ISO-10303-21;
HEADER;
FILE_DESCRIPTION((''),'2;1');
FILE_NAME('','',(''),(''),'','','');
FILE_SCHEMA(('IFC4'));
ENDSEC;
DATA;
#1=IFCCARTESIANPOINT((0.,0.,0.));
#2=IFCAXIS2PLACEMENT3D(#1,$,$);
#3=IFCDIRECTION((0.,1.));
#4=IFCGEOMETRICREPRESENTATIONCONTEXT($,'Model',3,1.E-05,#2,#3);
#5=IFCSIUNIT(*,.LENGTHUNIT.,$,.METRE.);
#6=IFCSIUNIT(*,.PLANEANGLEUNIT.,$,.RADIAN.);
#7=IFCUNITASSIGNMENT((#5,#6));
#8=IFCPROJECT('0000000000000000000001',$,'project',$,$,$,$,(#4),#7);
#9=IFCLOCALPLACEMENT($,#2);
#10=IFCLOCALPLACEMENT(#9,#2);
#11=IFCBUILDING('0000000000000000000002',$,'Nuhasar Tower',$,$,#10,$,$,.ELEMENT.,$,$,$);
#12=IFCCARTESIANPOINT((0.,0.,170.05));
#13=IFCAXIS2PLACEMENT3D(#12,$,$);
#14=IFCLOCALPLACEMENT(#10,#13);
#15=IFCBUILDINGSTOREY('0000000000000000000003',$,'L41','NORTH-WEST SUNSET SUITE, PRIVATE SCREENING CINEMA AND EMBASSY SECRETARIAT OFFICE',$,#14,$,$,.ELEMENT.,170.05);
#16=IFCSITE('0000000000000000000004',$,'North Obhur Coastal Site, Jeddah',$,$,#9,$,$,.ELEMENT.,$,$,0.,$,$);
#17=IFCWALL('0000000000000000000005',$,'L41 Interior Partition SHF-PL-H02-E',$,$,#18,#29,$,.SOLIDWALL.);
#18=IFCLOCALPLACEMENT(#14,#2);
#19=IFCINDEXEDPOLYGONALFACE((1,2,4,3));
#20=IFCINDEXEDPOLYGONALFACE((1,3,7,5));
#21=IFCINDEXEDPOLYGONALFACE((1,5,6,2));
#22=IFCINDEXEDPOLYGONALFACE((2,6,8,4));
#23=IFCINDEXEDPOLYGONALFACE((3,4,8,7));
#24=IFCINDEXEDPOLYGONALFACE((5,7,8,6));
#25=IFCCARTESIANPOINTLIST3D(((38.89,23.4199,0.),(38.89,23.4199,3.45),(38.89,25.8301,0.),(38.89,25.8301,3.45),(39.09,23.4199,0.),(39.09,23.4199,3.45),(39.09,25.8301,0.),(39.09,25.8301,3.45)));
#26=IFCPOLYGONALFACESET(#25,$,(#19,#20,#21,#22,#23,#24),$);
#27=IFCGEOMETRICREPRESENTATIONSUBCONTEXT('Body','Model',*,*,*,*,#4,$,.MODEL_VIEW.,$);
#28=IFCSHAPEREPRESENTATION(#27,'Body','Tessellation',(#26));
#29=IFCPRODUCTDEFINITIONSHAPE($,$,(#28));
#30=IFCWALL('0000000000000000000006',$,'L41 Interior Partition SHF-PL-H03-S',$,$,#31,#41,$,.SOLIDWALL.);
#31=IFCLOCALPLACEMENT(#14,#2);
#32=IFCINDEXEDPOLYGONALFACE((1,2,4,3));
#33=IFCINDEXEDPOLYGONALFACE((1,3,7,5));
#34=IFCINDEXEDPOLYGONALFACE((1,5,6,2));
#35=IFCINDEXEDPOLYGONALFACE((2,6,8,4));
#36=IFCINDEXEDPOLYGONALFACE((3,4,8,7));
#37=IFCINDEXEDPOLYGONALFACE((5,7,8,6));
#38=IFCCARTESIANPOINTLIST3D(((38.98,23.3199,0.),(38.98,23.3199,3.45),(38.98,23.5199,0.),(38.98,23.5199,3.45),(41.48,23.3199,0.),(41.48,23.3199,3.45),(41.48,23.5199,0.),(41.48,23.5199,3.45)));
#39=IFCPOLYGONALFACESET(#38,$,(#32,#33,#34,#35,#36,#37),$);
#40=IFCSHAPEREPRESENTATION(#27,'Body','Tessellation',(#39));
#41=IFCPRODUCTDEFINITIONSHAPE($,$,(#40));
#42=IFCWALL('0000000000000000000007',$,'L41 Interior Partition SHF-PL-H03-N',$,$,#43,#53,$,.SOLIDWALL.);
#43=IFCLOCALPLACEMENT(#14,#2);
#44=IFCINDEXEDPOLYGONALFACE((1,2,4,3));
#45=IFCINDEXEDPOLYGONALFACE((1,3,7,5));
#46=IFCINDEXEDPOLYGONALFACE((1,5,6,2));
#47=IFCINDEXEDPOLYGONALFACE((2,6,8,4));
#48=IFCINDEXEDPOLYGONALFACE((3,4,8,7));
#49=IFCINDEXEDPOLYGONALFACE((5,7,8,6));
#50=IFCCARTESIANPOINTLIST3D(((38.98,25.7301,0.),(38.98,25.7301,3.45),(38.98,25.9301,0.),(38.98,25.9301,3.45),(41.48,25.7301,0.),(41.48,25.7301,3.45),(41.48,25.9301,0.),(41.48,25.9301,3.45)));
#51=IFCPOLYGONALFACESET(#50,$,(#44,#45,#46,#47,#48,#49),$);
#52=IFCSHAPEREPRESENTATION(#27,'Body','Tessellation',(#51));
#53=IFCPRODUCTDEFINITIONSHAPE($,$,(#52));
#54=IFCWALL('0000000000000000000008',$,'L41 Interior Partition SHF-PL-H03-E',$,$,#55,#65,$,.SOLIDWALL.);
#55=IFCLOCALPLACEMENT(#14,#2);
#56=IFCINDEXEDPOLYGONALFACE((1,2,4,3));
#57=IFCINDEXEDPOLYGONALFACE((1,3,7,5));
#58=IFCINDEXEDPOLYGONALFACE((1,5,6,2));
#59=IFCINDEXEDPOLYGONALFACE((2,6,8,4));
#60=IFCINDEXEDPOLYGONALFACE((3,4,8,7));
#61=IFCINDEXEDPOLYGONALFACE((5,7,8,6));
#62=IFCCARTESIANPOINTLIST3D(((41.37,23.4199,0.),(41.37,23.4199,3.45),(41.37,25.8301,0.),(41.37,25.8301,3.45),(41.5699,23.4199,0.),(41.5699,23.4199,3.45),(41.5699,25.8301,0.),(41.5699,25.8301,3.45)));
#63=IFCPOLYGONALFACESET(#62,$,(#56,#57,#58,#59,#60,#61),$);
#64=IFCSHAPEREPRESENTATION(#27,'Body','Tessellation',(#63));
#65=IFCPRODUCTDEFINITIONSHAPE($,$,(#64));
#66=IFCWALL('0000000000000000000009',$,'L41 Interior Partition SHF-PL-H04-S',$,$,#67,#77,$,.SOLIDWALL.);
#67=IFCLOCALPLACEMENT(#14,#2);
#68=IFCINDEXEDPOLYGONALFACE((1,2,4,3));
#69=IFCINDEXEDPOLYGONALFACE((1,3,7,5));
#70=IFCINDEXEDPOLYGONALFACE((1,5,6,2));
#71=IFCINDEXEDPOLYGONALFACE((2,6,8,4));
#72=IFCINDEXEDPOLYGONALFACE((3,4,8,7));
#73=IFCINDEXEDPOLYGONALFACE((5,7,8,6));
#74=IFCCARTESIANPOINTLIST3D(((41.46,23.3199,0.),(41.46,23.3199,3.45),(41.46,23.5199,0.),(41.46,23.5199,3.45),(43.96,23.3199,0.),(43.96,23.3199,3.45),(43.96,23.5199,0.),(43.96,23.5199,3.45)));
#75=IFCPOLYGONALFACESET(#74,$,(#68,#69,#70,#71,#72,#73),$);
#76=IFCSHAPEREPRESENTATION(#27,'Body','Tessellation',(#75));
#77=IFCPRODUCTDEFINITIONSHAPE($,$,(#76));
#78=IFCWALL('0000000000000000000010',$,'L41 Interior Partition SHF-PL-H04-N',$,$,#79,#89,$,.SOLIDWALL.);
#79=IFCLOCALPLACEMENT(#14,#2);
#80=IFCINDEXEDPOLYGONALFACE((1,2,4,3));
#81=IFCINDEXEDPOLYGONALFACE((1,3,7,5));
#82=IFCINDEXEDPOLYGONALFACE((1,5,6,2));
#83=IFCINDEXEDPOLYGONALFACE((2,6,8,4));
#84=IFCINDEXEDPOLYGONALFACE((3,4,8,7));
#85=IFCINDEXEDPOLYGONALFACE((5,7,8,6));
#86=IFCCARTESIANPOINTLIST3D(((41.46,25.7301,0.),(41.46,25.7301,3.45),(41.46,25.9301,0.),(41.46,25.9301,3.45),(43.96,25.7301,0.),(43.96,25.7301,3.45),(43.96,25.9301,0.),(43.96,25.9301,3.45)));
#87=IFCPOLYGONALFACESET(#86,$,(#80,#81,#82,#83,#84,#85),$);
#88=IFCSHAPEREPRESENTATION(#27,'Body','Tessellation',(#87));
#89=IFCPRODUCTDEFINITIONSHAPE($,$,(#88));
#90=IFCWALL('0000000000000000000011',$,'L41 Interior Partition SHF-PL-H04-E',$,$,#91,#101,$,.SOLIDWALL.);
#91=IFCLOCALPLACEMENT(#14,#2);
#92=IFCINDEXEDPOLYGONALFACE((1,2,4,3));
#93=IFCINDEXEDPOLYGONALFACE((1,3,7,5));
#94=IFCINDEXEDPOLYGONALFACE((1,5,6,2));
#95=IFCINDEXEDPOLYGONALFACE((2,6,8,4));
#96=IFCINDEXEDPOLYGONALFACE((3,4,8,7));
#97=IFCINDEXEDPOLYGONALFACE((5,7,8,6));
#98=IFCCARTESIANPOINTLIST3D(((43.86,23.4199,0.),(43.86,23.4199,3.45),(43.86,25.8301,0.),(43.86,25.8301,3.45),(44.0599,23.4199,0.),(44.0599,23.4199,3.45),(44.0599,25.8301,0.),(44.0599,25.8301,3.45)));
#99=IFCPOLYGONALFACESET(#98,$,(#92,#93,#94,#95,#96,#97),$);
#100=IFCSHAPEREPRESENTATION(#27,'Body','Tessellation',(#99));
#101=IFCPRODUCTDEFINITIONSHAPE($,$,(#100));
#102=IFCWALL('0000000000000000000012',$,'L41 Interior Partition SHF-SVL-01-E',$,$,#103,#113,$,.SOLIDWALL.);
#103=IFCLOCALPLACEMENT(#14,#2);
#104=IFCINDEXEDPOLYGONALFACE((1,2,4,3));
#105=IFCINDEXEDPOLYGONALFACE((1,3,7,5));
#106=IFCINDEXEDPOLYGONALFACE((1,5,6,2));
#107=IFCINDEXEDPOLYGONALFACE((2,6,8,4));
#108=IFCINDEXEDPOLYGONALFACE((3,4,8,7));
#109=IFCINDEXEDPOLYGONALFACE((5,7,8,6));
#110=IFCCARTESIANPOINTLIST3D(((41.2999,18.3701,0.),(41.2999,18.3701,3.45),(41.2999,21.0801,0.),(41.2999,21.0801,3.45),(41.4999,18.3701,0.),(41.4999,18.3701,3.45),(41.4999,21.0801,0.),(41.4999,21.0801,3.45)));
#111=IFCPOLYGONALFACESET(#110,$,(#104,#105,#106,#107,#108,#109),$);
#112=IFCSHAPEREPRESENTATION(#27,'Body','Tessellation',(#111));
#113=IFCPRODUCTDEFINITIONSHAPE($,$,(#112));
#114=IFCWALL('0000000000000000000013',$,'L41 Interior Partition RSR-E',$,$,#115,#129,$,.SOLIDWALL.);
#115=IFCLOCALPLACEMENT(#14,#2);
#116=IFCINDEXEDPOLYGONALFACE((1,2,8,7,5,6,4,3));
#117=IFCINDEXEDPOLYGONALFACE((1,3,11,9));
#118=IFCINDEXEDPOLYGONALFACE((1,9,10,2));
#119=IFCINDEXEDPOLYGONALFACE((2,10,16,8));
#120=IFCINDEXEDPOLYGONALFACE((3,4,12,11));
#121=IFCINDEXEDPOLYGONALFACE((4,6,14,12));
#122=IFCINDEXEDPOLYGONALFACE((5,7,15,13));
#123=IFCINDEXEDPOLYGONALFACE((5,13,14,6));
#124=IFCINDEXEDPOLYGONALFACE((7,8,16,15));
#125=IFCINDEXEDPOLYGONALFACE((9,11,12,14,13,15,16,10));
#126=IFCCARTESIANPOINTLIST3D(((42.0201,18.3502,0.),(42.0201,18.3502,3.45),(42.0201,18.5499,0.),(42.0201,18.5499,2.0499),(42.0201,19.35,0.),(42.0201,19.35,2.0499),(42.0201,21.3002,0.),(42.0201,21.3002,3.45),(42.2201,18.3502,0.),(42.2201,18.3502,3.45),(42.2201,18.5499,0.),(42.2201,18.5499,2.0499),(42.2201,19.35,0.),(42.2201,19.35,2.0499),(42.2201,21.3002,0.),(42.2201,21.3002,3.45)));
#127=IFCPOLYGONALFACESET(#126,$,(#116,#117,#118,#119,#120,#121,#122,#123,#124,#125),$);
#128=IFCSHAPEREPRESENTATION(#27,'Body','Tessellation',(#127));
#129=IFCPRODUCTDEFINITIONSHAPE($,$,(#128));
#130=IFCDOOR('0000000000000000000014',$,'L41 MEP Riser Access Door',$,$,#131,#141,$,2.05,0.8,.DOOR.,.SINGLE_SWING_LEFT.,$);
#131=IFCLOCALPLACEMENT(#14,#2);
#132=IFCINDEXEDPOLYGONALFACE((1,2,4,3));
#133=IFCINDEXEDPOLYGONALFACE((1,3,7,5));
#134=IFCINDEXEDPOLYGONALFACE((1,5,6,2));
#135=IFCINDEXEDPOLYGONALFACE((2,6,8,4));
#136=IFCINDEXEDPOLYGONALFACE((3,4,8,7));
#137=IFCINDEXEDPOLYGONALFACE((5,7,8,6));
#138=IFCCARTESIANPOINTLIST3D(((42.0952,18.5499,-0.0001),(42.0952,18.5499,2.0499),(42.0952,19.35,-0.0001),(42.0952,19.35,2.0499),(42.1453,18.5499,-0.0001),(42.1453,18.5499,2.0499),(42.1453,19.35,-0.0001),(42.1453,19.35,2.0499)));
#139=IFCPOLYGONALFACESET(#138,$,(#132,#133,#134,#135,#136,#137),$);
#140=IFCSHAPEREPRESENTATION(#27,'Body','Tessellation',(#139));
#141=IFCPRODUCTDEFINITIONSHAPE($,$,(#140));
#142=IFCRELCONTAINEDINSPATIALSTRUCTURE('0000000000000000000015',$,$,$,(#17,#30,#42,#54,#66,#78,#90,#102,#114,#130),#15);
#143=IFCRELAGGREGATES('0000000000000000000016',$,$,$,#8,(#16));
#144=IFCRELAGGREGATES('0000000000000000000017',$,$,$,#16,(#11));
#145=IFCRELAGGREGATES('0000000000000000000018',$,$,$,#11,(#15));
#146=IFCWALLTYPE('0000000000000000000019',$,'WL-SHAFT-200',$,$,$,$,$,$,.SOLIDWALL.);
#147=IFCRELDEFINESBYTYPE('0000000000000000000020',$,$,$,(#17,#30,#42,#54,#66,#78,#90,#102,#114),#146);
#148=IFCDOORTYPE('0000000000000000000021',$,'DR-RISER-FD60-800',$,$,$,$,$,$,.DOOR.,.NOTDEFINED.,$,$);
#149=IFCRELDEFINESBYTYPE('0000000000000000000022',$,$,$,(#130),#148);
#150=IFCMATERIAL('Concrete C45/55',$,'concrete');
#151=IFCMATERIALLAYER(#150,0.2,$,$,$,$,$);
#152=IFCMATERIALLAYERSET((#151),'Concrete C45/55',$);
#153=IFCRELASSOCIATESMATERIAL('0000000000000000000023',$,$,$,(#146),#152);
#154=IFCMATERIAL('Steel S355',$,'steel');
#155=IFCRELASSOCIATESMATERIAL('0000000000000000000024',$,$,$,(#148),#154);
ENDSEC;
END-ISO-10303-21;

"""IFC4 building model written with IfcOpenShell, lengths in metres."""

from ifc_helpers import new_model, si_unit, direction, frame, frame_2d, origin, place, context, subcontext, project, spatial, rectangle, extrude, material, layer, layer_set, type_object, element, fill, save


model = new_model("IFC4")

# Units and contexts
model_context = context("Model", 3, precision=1e-05, world=origin(), true_north=direction((0.0, 1.0)))
body_context = subcontext(model_context, "Body", "Model", "MODEL_VIEW")
ifc_project = project(units=[si_unit("LENGTHUNIT", "METRE"), si_unit("PLANEANGLEUNIT", "RADIAN")], contexts=[model_context])

# Site, building, storey
site_placement = place(None, origin())
site = spatial("IfcSite", under=ifc_project, at=site_placement, Name="North Obhur Coastal Site, Jeddah", CompositionType="ELEMENT", RefElevation=0.0)
building_placement = place(site_placement, origin())
building = spatial("IfcBuilding", under=site, at=building_placement, Name="Nuhasar Tower", CompositionType="ELEMENT")
storey_placement = place(building_placement, frame((0.0, 0.0, 170.05)))
storey = spatial("IfcBuildingStorey", under=building, at=storey_placement, Name="L41", Description="NORTH-WEST SUNSET SUITE, PRIVATE SCREENING CINEMA AND EMBASSY SECRETARIAT OFFICE", CompositionType="ELEMENT", Elevation=170.05)

# Shared definitions
ifc_material_1 = material(Name="Steel S355", Category="steel")

# Shared definitions
ifc_material_2 = material(Name="Concrete C45/55", Category="concrete")

# Shared definitions
ifc_layer_1 = layer(ifc_material_2, 0.2)
ifc_layer_set_1 = layer_set([ifc_layer_1], Name="Concrete C45/55")
wall_type_1 = type_object("IfcWallType", Name="WL-SHAFT-200", PredefinedType="SOLIDWALL", material=ifc_layer_set_1)

# Walls
wall_1_placement = place(storey_placement, frame((38.99, 23.4199, 0.0), z_axis=(0.0, 0.0, 1.0), x_axis=(0.0, 1.0, 0.0)))
element("IfcWall", 1, at=wall_1_placement, inside=storey, type_object=wall_type_1, Name="L41 Interior Partition SHF-PL-H02-E", PredefinedType="SOLIDWALL", context=body_context, shape_type="SweptSolid", body=[
    extrude(rectangle(XDim=2.4102, YDim=0.2, at=frame_2d((1.2051, 0.0))), origin(), (0.0, 0.0, 1.0), 3.45),
])
for number, where, z_axis, x_axis, name in (
    (2, (38.98, 23.4199, 0.0), (0.0, 0.0, 1.0), (1.0, 0.0, 0.0), "L41 Interior Partition SHF-PL-H03-S"),
    (3, (38.98, 25.8301, 0.0), (0.0, 0.0, 1.0), (1.0, 0.0, 0.0), "L41 Interior Partition SHF-PL-H03-N"),
):
    element("IfcWall", number, at=place(storey_placement, frame(where, z_axis=z_axis, x_axis=x_axis)), inside=storey, type_object=wall_type_1, Name=name, PredefinedType="SOLIDWALL", context=body_context, shape_type="SweptSolid", body=[
        extrude(rectangle(XDim=2.5, YDim=0.2, at=frame_2d((1.25, 0.0))), origin(), (0.0, 0.0, 1.0), 3.45),
    ])
wall_2_placement = place(storey_placement, frame((41.47, 23.4199, 0.0), z_axis=(0.0, 0.0, 1.0), x_axis=(0.0, 1.0, 0.0)))
element("IfcWall", 4, at=wall_2_placement, inside=storey, type_object=wall_type_1, Name="L41 Interior Partition SHF-PL-H03-E", PredefinedType="SOLIDWALL", context=body_context, shape_type="SweptSolid", body=[
    extrude(rectangle(XDim=2.4102, YDim=0.2, at=frame_2d((1.2051, 0.0))), origin(), (0.0, 0.0, 1.0), 3.45),
])
for number, where, z_axis, x_axis, name in (
    (5, (41.46, 23.4199, 0.0), (0.0, 0.0, 1.0), (1.0, 0.0, 0.0), "L41 Interior Partition SHF-PL-H04-S"),
    (6, (41.46, 25.8301, 0.0), (0.0, 0.0, 1.0), (1.0, 0.0, 0.0), "L41 Interior Partition SHF-PL-H04-N"),
):
    element("IfcWall", number, at=place(storey_placement, frame(where, z_axis=z_axis, x_axis=x_axis)), inside=storey, type_object=wall_type_1, Name=name, PredefinedType="SOLIDWALL", context=body_context, shape_type="SweptSolid", body=[
        extrude(rectangle(XDim=2.5, YDim=0.2, at=frame_2d((1.25, 0.0))), origin(), (0.0, 0.0, 1.0), 3.45),
    ])
wall_3_placement = place(storey_placement, frame((43.96, 23.4199, 0.0), z_axis=(0.0, 0.0, 1.0), x_axis=(0.0, 1.0, 0.0)))
element("IfcWall", 7, at=wall_3_placement, inside=storey, type_object=wall_type_1, Name="L41 Interior Partition SHF-PL-H04-E", PredefinedType="SOLIDWALL", context=body_context, shape_type="SweptSolid", body=[
    extrude(rectangle(XDim=2.4102, YDim=0.2, at=frame_2d((1.2051, 0.0))), origin(), (0.0, 0.0, 1.0), 3.45),
])
wall_4_placement = place(storey_placement, frame((41.3999, 18.3701, 0.0), z_axis=(0.0, 0.0, 1.0), x_axis=(0.0, 1.0, 0.0)))
element("IfcWall", 8, at=wall_4_placement, inside=storey, type_object=wall_type_1, Name="L41 Interior Partition SHF-SVL-01-E", PredefinedType="SOLIDWALL", context=body_context, shape_type="SweptSolid", body=[
    extrude(rectangle(XDim=2.71, YDim=0.2, at=frame_2d((1.355, 0.0))), origin(), (0.0, 0.0, 1.0), 3.45),
])

# Wall, opening, door
wall_5_placement = place(storey_placement, frame((42.1201, 18.3501, 0.0), z_axis=(0.0, 0.0, 1.0), x_axis=(0.0, 1.0, 0.0)))
wall_5 = element("IfcWall", 9, at=wall_5_placement, inside=storey, type_object=wall_type_1, Name="L41 Interior Partition RSR-E", PredefinedType="SOLIDWALL", context=body_context, shape_type="SweptSolid", body=[
    extrude(rectangle(XDim=2.95, YDim=0.2, at=frame_2d((1.4751, 0.0))), origin(), (0.0, 0.0, 1.0), 3.45),
])
opening_1_placement = place(wall_5_placement, frame((0.2, 0.0, 0.0)))
opening_1 = element("IfcOpeningElement", 10, at=opening_1_placement, cuts=wall_5, PredefinedType="OPENING", context=body_context, shape_type="SweptSolid", body=[
    extrude(rectangle(XDim=0.8, YDim=2.05, at=frame_2d((0.3999, 1.0249))), frame((0.0, 0.1099, 0.0), z_axis=(0.0, -1.0, 0.0), x_axis=(1.0, 0.0, 0.0)), (0.0, 0.0, 1.0), 0.22),
])
door_type_1 = type_object("IfcDoorType", Name="DR-RISER-FD60-800", OperationType="NOTDEFINED", PredefinedType="DOOR", material=ifc_material_1)
door_1_placement = place(opening_1_placement, origin())
door_1 = element("IfcDoor", 11, at=door_1_placement, inside=storey, type_object=door_type_1, Name="L41 MEP Riser Access Door", OperationType="SINGLE_SWING_LEFT", OverallHeight=2.05, OverallWidth=0.8, PredefinedType="DOOR", context=body_context, shape_type="SweptSolid", body=[
    extrude(rectangle(XDim=0.8, YDim=2.05, at=frame_2d((0.3999, 1.0249))), frame((0.0, 0.0249, 0.0), z_axis=(0.0, -1.0, 0.0), x_axis=(1.0, 0.0, 0.0)), (0.0, 0.0, 1.0), 0.05),
])
fill(opening_1, door_1)

save(model, "model.ifc")
